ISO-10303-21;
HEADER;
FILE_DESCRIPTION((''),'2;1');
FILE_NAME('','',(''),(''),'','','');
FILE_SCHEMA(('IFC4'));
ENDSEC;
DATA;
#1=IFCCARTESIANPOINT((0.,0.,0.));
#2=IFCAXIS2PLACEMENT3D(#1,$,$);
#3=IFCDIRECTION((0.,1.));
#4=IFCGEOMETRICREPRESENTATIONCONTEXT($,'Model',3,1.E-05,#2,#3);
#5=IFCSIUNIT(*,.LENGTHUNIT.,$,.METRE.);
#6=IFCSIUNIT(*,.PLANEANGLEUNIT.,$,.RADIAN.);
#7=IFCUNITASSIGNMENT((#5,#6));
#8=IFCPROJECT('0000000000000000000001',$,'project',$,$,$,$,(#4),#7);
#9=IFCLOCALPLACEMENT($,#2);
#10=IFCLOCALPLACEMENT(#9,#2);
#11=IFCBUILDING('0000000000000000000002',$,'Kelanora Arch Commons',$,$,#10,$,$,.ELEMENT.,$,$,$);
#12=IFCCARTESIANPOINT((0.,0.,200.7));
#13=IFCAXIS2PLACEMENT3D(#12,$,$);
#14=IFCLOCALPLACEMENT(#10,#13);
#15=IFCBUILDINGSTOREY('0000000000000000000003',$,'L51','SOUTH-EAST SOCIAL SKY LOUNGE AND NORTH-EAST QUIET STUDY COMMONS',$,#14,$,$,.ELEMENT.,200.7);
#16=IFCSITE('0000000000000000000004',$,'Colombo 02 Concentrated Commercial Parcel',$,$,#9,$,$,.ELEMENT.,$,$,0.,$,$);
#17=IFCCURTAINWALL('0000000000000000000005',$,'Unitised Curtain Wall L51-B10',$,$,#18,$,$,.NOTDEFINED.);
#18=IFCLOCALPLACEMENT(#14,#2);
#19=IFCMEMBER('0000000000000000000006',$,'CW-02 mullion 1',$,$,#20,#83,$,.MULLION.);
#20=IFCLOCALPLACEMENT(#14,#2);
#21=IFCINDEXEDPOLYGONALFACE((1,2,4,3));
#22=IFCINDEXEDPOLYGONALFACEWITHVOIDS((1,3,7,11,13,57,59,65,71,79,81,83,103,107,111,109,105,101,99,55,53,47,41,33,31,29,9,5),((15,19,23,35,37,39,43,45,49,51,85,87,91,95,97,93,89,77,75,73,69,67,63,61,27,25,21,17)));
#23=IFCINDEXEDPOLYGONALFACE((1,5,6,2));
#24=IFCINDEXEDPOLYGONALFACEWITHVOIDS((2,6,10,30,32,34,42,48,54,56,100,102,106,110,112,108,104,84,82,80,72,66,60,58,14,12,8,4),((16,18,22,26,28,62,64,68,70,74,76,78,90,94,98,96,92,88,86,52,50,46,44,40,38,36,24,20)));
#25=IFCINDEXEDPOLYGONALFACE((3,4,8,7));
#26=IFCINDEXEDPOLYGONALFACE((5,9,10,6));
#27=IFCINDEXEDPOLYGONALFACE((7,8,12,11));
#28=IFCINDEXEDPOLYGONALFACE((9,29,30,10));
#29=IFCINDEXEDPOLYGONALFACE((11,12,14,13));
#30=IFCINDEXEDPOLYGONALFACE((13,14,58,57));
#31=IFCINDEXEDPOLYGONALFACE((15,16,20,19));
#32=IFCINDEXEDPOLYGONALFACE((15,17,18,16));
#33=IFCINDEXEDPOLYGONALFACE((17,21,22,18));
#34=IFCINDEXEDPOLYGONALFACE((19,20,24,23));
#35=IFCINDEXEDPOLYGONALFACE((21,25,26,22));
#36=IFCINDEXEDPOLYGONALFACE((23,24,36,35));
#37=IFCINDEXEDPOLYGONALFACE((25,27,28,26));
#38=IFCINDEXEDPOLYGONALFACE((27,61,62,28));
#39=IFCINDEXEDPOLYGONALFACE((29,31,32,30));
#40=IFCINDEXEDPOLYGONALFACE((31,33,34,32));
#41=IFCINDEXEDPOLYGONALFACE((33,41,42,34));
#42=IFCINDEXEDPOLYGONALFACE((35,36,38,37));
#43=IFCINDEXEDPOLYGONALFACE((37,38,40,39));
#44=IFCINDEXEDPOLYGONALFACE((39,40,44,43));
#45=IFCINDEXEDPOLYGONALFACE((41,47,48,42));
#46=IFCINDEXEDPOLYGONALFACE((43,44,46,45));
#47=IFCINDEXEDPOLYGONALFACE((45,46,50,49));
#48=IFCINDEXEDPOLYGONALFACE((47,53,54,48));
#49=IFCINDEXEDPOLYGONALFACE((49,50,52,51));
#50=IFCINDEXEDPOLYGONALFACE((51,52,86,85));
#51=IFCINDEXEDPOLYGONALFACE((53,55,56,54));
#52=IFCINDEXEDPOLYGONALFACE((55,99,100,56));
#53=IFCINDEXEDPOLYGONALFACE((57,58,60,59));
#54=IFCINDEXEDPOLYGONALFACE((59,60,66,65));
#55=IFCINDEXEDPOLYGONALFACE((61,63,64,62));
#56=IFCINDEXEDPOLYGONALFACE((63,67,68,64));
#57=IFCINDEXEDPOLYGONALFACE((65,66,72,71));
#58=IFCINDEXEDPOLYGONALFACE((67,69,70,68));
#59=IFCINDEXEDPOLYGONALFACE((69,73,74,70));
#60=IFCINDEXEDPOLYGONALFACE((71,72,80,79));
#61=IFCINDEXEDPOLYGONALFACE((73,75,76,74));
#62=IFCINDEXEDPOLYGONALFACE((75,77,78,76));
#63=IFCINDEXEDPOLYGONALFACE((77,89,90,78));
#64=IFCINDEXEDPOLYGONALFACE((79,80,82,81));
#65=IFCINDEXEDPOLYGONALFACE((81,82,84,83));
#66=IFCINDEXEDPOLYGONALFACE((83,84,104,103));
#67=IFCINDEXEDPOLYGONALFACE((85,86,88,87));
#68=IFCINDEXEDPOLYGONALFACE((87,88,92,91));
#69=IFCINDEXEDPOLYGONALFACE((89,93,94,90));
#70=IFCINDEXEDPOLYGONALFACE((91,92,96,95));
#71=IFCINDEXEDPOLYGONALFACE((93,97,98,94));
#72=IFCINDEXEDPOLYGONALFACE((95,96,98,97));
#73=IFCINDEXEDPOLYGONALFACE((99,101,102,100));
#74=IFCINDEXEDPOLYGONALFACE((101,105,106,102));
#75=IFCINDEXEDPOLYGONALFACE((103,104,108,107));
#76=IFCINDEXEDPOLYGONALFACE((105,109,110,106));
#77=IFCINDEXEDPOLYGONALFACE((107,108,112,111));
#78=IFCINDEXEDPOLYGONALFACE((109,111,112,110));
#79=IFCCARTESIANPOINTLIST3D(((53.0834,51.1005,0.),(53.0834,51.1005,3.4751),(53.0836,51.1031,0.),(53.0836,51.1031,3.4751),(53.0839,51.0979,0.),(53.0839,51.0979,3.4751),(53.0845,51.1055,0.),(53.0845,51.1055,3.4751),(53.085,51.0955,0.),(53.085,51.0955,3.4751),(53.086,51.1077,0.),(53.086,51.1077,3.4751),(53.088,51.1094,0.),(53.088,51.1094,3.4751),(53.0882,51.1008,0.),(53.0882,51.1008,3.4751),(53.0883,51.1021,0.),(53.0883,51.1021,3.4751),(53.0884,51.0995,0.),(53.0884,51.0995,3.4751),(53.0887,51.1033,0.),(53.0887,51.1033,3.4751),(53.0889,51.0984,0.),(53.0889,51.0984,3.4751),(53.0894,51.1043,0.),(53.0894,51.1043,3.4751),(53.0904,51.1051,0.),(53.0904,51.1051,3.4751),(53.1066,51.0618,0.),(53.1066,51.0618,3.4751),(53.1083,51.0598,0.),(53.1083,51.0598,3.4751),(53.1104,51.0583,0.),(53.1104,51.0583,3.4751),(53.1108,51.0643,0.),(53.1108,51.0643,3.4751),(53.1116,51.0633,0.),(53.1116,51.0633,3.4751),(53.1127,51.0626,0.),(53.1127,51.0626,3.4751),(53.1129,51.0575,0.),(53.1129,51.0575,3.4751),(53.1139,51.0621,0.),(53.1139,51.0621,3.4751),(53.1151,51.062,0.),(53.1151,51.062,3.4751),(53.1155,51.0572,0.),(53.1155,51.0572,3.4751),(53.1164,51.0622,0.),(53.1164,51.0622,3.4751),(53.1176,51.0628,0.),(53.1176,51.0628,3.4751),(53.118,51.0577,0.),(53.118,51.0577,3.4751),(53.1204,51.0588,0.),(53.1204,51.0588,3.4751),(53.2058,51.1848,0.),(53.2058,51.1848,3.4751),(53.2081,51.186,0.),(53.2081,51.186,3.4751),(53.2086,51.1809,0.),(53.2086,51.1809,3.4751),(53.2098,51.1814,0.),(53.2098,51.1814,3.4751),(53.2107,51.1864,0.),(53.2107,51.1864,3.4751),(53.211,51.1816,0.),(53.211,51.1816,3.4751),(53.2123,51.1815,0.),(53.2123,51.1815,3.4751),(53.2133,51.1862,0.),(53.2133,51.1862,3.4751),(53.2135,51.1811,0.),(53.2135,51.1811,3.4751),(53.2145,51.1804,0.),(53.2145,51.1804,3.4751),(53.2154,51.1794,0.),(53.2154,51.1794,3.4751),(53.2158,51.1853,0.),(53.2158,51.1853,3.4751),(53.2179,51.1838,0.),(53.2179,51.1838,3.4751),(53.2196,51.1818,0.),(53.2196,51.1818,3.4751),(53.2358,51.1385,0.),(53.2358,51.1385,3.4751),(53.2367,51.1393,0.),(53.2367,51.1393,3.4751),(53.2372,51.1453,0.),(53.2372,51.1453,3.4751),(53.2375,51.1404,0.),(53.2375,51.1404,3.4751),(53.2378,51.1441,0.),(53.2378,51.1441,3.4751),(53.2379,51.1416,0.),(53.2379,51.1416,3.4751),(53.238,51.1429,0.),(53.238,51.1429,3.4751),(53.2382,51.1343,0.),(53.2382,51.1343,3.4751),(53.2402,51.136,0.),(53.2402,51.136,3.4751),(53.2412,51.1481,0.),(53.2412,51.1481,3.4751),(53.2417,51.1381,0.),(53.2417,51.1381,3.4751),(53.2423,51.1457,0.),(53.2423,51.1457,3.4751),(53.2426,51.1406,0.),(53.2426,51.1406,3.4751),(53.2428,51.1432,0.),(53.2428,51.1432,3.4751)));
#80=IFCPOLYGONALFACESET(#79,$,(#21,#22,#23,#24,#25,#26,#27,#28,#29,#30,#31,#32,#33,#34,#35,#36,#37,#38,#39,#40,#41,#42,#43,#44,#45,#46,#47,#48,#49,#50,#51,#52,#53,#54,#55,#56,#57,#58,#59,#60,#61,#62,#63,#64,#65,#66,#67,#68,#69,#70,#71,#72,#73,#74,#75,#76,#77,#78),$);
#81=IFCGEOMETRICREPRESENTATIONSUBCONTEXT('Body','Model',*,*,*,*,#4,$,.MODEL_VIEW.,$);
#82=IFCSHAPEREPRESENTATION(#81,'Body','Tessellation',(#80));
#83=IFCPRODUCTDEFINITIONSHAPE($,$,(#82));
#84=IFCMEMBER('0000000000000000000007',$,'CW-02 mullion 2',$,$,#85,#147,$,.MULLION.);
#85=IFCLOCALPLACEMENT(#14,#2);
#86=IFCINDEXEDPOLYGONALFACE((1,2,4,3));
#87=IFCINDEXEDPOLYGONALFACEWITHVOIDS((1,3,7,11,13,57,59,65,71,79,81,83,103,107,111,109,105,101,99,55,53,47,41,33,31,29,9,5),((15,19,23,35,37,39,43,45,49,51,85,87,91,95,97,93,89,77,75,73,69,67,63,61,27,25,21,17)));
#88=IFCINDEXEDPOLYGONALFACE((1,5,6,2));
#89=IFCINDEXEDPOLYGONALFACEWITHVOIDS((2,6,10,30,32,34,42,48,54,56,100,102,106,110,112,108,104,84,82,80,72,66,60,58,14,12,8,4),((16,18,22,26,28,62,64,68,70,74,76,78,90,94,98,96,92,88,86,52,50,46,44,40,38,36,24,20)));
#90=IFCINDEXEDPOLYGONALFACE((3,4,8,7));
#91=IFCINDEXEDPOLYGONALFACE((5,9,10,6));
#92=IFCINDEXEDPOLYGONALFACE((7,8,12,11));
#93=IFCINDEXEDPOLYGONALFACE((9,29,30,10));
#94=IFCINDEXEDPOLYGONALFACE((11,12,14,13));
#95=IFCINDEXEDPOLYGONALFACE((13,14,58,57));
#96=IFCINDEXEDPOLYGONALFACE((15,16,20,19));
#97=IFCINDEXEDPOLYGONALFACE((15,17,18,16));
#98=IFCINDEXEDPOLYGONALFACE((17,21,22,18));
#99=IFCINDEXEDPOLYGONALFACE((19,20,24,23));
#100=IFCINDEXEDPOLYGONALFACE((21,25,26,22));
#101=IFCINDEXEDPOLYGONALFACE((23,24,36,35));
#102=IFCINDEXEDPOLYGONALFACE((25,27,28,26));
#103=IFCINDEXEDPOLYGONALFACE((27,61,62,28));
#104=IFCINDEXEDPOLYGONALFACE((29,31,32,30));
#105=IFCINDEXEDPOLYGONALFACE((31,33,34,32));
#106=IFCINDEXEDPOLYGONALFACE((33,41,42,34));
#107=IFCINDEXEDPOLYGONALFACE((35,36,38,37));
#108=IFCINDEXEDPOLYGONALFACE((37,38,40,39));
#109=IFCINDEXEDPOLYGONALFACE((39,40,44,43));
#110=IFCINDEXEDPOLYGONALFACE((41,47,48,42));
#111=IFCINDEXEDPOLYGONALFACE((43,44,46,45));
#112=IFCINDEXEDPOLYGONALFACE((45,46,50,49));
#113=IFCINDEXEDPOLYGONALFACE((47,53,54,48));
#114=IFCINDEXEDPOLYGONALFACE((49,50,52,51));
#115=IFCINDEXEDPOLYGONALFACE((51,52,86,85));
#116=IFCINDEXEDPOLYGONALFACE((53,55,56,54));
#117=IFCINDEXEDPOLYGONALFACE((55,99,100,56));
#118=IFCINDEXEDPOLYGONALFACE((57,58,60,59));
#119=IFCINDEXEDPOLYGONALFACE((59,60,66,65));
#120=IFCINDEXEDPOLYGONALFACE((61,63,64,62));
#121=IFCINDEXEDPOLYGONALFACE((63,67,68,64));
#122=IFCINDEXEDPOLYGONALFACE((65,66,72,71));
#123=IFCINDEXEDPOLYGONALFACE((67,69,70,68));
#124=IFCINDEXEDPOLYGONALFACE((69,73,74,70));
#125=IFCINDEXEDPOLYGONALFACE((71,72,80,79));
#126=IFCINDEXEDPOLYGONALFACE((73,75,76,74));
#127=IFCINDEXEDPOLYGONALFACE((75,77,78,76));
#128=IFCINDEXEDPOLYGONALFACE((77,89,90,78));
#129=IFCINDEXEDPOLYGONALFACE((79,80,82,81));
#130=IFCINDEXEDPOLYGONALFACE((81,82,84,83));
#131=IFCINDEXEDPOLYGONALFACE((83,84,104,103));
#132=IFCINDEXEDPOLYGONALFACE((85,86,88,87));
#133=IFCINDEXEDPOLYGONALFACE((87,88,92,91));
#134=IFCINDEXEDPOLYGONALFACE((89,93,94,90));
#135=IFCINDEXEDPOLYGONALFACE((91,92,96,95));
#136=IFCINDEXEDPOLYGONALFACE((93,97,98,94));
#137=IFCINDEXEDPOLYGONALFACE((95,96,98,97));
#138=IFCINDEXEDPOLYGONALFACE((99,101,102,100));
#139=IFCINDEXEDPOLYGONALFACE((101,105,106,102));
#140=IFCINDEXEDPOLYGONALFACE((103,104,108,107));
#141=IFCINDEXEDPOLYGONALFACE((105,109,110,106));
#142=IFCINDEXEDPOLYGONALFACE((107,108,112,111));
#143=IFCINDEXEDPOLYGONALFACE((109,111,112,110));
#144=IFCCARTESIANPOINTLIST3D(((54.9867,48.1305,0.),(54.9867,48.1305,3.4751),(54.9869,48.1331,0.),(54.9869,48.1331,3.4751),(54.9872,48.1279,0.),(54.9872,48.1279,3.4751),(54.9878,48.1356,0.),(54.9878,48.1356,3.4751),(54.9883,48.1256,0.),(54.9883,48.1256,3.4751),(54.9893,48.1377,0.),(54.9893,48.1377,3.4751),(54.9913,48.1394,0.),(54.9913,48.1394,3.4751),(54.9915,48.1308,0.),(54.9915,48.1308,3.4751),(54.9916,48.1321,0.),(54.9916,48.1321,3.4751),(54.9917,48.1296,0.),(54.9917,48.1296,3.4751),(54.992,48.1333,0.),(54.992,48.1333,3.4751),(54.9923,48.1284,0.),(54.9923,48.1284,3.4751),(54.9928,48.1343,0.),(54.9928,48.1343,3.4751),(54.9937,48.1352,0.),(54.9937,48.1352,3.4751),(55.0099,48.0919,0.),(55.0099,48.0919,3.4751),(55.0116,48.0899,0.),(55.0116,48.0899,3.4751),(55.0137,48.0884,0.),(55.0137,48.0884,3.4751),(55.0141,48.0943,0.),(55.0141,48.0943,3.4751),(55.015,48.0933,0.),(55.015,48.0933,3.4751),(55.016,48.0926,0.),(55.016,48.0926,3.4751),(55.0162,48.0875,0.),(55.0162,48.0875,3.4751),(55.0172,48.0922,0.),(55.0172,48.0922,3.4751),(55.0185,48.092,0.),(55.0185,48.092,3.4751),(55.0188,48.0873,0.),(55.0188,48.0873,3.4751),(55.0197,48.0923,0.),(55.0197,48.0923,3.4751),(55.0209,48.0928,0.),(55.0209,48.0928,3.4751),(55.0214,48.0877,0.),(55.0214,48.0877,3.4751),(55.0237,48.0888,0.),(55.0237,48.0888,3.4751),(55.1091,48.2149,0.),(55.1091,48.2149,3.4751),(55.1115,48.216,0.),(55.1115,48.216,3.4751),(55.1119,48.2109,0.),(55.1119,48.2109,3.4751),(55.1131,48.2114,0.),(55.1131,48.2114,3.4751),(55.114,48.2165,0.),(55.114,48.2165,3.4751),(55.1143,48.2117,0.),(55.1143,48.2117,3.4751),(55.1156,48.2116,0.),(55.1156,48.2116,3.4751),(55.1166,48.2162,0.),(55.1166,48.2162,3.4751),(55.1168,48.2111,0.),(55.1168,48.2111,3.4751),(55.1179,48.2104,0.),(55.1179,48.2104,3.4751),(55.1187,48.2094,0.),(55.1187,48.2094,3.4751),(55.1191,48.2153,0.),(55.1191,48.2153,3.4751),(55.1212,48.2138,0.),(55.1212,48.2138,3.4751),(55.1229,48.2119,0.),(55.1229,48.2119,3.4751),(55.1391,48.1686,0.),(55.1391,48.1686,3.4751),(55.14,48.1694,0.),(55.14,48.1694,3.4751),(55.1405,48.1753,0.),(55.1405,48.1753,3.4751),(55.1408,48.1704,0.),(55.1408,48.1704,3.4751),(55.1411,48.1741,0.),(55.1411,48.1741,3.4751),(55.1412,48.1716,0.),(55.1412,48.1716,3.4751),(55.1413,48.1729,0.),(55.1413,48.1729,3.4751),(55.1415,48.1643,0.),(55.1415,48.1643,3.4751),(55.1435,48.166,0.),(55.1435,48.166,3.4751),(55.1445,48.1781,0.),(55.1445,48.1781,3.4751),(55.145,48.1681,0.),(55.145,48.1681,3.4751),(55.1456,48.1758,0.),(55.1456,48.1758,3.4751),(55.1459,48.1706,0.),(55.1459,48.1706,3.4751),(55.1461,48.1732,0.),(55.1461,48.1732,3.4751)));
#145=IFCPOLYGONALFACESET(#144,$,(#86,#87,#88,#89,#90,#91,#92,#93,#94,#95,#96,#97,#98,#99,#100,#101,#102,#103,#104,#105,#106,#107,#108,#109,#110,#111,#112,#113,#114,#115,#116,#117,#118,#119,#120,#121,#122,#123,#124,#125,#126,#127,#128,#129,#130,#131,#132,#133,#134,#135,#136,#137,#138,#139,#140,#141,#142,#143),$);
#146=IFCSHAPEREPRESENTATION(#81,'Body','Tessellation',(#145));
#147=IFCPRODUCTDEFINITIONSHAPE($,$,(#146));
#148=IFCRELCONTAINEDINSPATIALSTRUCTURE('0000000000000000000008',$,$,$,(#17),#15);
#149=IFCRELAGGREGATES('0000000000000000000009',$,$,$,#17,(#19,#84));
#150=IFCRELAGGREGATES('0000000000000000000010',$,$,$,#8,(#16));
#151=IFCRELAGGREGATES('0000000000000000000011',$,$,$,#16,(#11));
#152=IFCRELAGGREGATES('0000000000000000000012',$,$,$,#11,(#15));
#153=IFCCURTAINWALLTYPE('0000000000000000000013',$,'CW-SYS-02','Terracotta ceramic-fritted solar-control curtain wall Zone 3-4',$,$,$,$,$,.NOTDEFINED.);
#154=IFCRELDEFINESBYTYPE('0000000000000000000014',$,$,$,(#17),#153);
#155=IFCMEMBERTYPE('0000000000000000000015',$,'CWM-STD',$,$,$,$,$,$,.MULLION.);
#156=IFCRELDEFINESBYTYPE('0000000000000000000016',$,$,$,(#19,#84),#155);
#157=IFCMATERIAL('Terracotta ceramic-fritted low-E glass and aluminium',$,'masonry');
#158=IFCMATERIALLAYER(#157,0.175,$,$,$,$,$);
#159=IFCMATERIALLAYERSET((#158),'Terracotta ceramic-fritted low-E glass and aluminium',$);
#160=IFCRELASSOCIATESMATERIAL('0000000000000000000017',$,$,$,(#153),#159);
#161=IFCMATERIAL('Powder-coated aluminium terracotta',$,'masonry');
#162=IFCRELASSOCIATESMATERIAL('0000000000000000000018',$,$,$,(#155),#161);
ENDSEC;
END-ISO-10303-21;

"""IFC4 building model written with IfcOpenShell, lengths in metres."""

from ifc_helpers import new_model, si_unit, direction, frame, origin, origin_2d, place, context, subcontext, project, spatial, hollow_rectangle, extrude, material, layer, layer_set, material_profile, profile_set, type_object, element, aggregate, save


model = new_model("IFC4")

# Units and contexts
model_context = context("Model", 3, precision=1e-05, world=origin(), true_north=direction((0.0, 1.0)))
body_context = subcontext(model_context, "Body", "Model", "MODEL_VIEW")
ifc_project = project(units=[si_unit("LENGTHUNIT", "METRE"), si_unit("PLANEANGLEUNIT", "RADIAN")], contexts=[model_context])

# Site, building, storey
site_placement = place(None, origin())
site = spatial("IfcSite", under=ifc_project, at=site_placement, Name="Colombo 02 Concentrated Commercial Parcel", CompositionType="ELEMENT", RefElevation=0.0)
building_placement = place(site_placement, origin())
building = spatial("IfcBuilding", under=site, at=building_placement, Name="Kelanora Arch Commons", CompositionType="ELEMENT")
storey_placement = place(building_placement, frame((0.0, 0.0, 200.7)))
storey = spatial("IfcBuildingStorey", under=building, at=storey_placement, Name="L51", Description="SOUTH-EAST SOCIAL SKY LOUNGE AND NORTH-EAST QUIET STUDY COMMONS", CompositionType="ELEMENT", Elevation=200.7)

# Curtain wall, members
ifc_material_1 = material(Name="Terracotta ceramic-fritted low-E glass and aluminium", Category="masonry")
ifc_layer_1 = layer(ifc_material_1, 0.175)
ifc_layer_set_1 = layer_set([ifc_layer_1], Name="Terracotta ceramic-fritted low-E glass and aluminium")
curtain_wall_type = type_object("IfcCurtainWallType", Name="CW-SYS-02", Description="Terracotta ceramic-fritted solar-control curtain wall Zone 3-4", PredefinedType="NOTDEFINED", material=ifc_layer_set_1)
curtain_wall_placement = place(storey_placement, origin())
curtain_wall = element("IfcCurtainWall", 1, at=curtain_wall_placement, inside=storey, type_object=curtain_wall_type, Name="Unitised Curtain Wall L51-B10", PredefinedType="NOTDEFINED")
ifc_material_2 = material(Name="Powder-coated aluminium terracotta", Category="masonry")
ifc_material_profile_1 = material_profile(ifc_material_2, hollow_rectangle(XDim=0.1599, YDim=0.0601, WallThickness=0.0049, InnerFilletRadius=0.0049, OuterFilletRadius=0.01, at=origin_2d()), Name="CWM160x60")
ifc_profile_set_1 = profile_set([ifc_material_profile_1], Name="Powder-coated aluminium terracotta")
member_type_1 = type_object("IfcMemberType", Name="CWM-STD", PredefinedType="MULLION", material=ifc_profile_set_1)
member_1_placement = place(storey_placement, frame((53.1631, 51.1218, 0.0), z_axis=(0.0, 0.0, 1.0), x_axis=(0.841948, 0.539559, 0.0)))
member_1 = element("IfcMember", 2, at=member_1_placement, type_object=member_type_1, Name="CW-02 mullion 1", PredefinedType="MULLION", context=body_context, shape_type="SweptSolid", body=[
    extrude(hollow_rectangle(XDim=0.1599, YDim=0.0601, WallThickness=0.0049, InnerFilletRadius=0.0049, OuterFilletRadius=0.01, at=origin_2d()), origin(), (0.0, 0.0, 1.0), 3.4751),
])
member_2_placement = place(storey_placement, frame((55.0664, 48.1519, 0.0), z_axis=(0.0, 0.0, 1.0), x_axis=(0.841948, 0.539559, 0.0)))
member_2 = element("IfcMember", 3, at=member_2_placement, type_object=member_type_1, Name="CW-02 mullion 2", PredefinedType="MULLION", context=body_context, shape_type="SweptSolid", body=[
    extrude(hollow_rectangle(XDim=0.1599, YDim=0.0601, WallThickness=0.0049, InnerFilletRadius=0.0049, OuterFilletRadius=0.01, at=origin_2d()), origin(), (0.0, 0.0, 1.0), 3.4751),
])

aggregate(curtain_wall, [member_1, member_2])

save(model, "model.ifc")
